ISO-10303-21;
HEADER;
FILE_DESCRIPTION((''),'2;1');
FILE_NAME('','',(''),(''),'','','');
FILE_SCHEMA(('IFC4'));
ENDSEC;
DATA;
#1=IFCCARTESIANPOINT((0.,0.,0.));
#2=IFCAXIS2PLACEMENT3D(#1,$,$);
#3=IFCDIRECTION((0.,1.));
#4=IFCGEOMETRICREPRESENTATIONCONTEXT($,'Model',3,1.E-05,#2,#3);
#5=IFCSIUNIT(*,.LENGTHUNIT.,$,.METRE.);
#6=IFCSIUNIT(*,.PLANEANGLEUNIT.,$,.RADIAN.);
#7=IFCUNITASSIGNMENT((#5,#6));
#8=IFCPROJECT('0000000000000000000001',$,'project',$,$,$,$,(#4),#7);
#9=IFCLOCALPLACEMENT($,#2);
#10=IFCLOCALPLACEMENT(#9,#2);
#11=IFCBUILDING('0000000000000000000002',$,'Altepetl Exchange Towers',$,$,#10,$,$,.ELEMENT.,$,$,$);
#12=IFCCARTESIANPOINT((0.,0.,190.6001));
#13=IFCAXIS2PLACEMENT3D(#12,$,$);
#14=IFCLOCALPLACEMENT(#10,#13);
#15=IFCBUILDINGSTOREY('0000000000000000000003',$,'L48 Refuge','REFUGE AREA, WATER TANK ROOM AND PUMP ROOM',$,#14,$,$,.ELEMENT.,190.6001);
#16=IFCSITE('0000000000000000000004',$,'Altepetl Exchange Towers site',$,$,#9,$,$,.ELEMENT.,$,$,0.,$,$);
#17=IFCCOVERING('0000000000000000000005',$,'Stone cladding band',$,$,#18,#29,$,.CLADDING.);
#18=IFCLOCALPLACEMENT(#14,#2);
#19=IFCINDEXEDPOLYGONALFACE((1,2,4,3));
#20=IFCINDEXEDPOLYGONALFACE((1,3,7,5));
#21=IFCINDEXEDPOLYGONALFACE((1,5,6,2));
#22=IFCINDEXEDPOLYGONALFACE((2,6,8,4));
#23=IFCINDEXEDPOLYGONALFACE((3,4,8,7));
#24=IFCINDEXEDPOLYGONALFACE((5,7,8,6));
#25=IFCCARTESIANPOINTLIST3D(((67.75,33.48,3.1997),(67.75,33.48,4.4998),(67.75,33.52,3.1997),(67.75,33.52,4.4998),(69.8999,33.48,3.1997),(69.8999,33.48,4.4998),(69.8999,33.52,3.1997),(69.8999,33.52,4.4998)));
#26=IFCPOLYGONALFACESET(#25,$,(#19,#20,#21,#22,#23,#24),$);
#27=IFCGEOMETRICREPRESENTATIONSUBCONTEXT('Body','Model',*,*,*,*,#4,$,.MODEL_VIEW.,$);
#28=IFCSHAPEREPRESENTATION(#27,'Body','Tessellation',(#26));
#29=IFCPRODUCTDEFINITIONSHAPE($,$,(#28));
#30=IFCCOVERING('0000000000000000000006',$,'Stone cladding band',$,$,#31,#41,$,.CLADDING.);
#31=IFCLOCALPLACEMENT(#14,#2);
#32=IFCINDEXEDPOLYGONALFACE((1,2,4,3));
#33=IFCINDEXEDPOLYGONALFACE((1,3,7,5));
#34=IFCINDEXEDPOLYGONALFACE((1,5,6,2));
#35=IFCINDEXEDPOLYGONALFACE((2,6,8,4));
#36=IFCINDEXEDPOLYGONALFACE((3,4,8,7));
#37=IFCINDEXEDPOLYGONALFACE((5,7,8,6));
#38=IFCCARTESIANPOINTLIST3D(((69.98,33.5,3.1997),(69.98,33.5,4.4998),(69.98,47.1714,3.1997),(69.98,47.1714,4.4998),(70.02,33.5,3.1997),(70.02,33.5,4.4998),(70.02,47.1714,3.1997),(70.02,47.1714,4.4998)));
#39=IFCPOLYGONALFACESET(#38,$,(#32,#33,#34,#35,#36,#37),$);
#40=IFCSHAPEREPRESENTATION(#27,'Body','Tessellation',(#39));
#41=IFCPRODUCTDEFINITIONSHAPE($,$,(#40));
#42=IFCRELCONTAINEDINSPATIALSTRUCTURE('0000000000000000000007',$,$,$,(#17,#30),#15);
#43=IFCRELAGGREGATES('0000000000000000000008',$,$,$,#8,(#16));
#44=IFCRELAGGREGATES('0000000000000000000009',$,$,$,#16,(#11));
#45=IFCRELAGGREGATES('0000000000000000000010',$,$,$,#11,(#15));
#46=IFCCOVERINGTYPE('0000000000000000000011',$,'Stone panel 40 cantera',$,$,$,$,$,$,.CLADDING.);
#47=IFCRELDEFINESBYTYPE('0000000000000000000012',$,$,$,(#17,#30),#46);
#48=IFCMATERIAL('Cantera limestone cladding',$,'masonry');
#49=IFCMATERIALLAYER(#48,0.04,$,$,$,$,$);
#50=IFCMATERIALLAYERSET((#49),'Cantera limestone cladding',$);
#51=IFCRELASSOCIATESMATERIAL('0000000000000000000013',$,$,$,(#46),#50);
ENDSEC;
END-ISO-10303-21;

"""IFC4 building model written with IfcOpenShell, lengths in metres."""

from ifc_helpers import new_model, si_unit, direction, frame, origin, origin_2d, place, context, subcontext, project, spatial, rectangle, extrude, material, layer, layer_set, type_object, element, save


model = new_model("IFC4")

# Units and contexts
model_context = context("Model", 3, precision=1e-05, world=origin(), true_north=direction((0.0, 1.0)))
body_context = subcontext(model_context, "Body", "Model", "MODEL_VIEW")
ifc_project = project(units=[si_unit("LENGTHUNIT", "METRE"), si_unit("PLANEANGLEUNIT", "RADIAN")], contexts=[model_context])

# Site, building, storey
site_placement = place(None, origin())
site = spatial("IfcSite", under=ifc_project, at=site_placement, Name="Altepetl Exchange Towers site", CompositionType="ELEMENT", RefElevation=0.0)
building_placement = place(site_placement, origin())
building = spatial("IfcBuilding", under=site, at=building_placement, Name="Altepetl Exchange Towers", CompositionType="ELEMENT")
storey_placement = place(building_placement, frame((0.0, 0.0, 190.6001)))
storey = spatial("IfcBuildingStorey", under=building, at=storey_placement, Name="L48 Refuge", Description="REFUGE AREA, WATER TANK ROOM AND PUMP ROOM", CompositionType="ELEMENT", Elevation=190.6001)

# Shared definitions
ifc_material_1 = material(Name="Cantera limestone cladding", Category="masonry")

# Coverings
ifc_layer_1 = layer(ifc_material_1, 0.04)
ifc_layer_set_1 = layer_set([ifc_layer_1], Name="Cantera limestone cladding")
covering_type = type_object("IfcCoveringType", Name="Stone panel 40 cantera", PredefinedType="CLADDING", material=ifc_layer_set_1)
covering_1_placement = place(storey_placement, frame((68.825, 33.5, 3.1997)))
element("IfcCovering", 1, at=covering_1_placement, inside=storey, type_object=covering_type, Name="Stone cladding band", PredefinedType="CLADDING", context=body_context, shape_type="SweptSolid", body=[
    extrude(rectangle(XDim=2.1499, YDim=0.04, at=origin_2d()), origin(), (0.0, 0.0, 1.0), 1.3),
])
covering_2_placement = place(storey_placement, frame((70.0, 40.3357, 3.1997), z_axis=(0.0, 0.0, 1.0), x_axis=(0.0, 1.0, 0.0)))
element("IfcCovering", 2, at=covering_2_placement, inside=storey, type_object=covering_type, Name="Stone cladding band", PredefinedType="CLADDING", context=body_context, shape_type="SweptSolid", body=[
    extrude(rectangle(XDim=13.6714, YDim=0.04, at=origin_2d()), origin(), (0.0, 0.0, 1.0), 1.3),
])

save(model, "model.ifc")
